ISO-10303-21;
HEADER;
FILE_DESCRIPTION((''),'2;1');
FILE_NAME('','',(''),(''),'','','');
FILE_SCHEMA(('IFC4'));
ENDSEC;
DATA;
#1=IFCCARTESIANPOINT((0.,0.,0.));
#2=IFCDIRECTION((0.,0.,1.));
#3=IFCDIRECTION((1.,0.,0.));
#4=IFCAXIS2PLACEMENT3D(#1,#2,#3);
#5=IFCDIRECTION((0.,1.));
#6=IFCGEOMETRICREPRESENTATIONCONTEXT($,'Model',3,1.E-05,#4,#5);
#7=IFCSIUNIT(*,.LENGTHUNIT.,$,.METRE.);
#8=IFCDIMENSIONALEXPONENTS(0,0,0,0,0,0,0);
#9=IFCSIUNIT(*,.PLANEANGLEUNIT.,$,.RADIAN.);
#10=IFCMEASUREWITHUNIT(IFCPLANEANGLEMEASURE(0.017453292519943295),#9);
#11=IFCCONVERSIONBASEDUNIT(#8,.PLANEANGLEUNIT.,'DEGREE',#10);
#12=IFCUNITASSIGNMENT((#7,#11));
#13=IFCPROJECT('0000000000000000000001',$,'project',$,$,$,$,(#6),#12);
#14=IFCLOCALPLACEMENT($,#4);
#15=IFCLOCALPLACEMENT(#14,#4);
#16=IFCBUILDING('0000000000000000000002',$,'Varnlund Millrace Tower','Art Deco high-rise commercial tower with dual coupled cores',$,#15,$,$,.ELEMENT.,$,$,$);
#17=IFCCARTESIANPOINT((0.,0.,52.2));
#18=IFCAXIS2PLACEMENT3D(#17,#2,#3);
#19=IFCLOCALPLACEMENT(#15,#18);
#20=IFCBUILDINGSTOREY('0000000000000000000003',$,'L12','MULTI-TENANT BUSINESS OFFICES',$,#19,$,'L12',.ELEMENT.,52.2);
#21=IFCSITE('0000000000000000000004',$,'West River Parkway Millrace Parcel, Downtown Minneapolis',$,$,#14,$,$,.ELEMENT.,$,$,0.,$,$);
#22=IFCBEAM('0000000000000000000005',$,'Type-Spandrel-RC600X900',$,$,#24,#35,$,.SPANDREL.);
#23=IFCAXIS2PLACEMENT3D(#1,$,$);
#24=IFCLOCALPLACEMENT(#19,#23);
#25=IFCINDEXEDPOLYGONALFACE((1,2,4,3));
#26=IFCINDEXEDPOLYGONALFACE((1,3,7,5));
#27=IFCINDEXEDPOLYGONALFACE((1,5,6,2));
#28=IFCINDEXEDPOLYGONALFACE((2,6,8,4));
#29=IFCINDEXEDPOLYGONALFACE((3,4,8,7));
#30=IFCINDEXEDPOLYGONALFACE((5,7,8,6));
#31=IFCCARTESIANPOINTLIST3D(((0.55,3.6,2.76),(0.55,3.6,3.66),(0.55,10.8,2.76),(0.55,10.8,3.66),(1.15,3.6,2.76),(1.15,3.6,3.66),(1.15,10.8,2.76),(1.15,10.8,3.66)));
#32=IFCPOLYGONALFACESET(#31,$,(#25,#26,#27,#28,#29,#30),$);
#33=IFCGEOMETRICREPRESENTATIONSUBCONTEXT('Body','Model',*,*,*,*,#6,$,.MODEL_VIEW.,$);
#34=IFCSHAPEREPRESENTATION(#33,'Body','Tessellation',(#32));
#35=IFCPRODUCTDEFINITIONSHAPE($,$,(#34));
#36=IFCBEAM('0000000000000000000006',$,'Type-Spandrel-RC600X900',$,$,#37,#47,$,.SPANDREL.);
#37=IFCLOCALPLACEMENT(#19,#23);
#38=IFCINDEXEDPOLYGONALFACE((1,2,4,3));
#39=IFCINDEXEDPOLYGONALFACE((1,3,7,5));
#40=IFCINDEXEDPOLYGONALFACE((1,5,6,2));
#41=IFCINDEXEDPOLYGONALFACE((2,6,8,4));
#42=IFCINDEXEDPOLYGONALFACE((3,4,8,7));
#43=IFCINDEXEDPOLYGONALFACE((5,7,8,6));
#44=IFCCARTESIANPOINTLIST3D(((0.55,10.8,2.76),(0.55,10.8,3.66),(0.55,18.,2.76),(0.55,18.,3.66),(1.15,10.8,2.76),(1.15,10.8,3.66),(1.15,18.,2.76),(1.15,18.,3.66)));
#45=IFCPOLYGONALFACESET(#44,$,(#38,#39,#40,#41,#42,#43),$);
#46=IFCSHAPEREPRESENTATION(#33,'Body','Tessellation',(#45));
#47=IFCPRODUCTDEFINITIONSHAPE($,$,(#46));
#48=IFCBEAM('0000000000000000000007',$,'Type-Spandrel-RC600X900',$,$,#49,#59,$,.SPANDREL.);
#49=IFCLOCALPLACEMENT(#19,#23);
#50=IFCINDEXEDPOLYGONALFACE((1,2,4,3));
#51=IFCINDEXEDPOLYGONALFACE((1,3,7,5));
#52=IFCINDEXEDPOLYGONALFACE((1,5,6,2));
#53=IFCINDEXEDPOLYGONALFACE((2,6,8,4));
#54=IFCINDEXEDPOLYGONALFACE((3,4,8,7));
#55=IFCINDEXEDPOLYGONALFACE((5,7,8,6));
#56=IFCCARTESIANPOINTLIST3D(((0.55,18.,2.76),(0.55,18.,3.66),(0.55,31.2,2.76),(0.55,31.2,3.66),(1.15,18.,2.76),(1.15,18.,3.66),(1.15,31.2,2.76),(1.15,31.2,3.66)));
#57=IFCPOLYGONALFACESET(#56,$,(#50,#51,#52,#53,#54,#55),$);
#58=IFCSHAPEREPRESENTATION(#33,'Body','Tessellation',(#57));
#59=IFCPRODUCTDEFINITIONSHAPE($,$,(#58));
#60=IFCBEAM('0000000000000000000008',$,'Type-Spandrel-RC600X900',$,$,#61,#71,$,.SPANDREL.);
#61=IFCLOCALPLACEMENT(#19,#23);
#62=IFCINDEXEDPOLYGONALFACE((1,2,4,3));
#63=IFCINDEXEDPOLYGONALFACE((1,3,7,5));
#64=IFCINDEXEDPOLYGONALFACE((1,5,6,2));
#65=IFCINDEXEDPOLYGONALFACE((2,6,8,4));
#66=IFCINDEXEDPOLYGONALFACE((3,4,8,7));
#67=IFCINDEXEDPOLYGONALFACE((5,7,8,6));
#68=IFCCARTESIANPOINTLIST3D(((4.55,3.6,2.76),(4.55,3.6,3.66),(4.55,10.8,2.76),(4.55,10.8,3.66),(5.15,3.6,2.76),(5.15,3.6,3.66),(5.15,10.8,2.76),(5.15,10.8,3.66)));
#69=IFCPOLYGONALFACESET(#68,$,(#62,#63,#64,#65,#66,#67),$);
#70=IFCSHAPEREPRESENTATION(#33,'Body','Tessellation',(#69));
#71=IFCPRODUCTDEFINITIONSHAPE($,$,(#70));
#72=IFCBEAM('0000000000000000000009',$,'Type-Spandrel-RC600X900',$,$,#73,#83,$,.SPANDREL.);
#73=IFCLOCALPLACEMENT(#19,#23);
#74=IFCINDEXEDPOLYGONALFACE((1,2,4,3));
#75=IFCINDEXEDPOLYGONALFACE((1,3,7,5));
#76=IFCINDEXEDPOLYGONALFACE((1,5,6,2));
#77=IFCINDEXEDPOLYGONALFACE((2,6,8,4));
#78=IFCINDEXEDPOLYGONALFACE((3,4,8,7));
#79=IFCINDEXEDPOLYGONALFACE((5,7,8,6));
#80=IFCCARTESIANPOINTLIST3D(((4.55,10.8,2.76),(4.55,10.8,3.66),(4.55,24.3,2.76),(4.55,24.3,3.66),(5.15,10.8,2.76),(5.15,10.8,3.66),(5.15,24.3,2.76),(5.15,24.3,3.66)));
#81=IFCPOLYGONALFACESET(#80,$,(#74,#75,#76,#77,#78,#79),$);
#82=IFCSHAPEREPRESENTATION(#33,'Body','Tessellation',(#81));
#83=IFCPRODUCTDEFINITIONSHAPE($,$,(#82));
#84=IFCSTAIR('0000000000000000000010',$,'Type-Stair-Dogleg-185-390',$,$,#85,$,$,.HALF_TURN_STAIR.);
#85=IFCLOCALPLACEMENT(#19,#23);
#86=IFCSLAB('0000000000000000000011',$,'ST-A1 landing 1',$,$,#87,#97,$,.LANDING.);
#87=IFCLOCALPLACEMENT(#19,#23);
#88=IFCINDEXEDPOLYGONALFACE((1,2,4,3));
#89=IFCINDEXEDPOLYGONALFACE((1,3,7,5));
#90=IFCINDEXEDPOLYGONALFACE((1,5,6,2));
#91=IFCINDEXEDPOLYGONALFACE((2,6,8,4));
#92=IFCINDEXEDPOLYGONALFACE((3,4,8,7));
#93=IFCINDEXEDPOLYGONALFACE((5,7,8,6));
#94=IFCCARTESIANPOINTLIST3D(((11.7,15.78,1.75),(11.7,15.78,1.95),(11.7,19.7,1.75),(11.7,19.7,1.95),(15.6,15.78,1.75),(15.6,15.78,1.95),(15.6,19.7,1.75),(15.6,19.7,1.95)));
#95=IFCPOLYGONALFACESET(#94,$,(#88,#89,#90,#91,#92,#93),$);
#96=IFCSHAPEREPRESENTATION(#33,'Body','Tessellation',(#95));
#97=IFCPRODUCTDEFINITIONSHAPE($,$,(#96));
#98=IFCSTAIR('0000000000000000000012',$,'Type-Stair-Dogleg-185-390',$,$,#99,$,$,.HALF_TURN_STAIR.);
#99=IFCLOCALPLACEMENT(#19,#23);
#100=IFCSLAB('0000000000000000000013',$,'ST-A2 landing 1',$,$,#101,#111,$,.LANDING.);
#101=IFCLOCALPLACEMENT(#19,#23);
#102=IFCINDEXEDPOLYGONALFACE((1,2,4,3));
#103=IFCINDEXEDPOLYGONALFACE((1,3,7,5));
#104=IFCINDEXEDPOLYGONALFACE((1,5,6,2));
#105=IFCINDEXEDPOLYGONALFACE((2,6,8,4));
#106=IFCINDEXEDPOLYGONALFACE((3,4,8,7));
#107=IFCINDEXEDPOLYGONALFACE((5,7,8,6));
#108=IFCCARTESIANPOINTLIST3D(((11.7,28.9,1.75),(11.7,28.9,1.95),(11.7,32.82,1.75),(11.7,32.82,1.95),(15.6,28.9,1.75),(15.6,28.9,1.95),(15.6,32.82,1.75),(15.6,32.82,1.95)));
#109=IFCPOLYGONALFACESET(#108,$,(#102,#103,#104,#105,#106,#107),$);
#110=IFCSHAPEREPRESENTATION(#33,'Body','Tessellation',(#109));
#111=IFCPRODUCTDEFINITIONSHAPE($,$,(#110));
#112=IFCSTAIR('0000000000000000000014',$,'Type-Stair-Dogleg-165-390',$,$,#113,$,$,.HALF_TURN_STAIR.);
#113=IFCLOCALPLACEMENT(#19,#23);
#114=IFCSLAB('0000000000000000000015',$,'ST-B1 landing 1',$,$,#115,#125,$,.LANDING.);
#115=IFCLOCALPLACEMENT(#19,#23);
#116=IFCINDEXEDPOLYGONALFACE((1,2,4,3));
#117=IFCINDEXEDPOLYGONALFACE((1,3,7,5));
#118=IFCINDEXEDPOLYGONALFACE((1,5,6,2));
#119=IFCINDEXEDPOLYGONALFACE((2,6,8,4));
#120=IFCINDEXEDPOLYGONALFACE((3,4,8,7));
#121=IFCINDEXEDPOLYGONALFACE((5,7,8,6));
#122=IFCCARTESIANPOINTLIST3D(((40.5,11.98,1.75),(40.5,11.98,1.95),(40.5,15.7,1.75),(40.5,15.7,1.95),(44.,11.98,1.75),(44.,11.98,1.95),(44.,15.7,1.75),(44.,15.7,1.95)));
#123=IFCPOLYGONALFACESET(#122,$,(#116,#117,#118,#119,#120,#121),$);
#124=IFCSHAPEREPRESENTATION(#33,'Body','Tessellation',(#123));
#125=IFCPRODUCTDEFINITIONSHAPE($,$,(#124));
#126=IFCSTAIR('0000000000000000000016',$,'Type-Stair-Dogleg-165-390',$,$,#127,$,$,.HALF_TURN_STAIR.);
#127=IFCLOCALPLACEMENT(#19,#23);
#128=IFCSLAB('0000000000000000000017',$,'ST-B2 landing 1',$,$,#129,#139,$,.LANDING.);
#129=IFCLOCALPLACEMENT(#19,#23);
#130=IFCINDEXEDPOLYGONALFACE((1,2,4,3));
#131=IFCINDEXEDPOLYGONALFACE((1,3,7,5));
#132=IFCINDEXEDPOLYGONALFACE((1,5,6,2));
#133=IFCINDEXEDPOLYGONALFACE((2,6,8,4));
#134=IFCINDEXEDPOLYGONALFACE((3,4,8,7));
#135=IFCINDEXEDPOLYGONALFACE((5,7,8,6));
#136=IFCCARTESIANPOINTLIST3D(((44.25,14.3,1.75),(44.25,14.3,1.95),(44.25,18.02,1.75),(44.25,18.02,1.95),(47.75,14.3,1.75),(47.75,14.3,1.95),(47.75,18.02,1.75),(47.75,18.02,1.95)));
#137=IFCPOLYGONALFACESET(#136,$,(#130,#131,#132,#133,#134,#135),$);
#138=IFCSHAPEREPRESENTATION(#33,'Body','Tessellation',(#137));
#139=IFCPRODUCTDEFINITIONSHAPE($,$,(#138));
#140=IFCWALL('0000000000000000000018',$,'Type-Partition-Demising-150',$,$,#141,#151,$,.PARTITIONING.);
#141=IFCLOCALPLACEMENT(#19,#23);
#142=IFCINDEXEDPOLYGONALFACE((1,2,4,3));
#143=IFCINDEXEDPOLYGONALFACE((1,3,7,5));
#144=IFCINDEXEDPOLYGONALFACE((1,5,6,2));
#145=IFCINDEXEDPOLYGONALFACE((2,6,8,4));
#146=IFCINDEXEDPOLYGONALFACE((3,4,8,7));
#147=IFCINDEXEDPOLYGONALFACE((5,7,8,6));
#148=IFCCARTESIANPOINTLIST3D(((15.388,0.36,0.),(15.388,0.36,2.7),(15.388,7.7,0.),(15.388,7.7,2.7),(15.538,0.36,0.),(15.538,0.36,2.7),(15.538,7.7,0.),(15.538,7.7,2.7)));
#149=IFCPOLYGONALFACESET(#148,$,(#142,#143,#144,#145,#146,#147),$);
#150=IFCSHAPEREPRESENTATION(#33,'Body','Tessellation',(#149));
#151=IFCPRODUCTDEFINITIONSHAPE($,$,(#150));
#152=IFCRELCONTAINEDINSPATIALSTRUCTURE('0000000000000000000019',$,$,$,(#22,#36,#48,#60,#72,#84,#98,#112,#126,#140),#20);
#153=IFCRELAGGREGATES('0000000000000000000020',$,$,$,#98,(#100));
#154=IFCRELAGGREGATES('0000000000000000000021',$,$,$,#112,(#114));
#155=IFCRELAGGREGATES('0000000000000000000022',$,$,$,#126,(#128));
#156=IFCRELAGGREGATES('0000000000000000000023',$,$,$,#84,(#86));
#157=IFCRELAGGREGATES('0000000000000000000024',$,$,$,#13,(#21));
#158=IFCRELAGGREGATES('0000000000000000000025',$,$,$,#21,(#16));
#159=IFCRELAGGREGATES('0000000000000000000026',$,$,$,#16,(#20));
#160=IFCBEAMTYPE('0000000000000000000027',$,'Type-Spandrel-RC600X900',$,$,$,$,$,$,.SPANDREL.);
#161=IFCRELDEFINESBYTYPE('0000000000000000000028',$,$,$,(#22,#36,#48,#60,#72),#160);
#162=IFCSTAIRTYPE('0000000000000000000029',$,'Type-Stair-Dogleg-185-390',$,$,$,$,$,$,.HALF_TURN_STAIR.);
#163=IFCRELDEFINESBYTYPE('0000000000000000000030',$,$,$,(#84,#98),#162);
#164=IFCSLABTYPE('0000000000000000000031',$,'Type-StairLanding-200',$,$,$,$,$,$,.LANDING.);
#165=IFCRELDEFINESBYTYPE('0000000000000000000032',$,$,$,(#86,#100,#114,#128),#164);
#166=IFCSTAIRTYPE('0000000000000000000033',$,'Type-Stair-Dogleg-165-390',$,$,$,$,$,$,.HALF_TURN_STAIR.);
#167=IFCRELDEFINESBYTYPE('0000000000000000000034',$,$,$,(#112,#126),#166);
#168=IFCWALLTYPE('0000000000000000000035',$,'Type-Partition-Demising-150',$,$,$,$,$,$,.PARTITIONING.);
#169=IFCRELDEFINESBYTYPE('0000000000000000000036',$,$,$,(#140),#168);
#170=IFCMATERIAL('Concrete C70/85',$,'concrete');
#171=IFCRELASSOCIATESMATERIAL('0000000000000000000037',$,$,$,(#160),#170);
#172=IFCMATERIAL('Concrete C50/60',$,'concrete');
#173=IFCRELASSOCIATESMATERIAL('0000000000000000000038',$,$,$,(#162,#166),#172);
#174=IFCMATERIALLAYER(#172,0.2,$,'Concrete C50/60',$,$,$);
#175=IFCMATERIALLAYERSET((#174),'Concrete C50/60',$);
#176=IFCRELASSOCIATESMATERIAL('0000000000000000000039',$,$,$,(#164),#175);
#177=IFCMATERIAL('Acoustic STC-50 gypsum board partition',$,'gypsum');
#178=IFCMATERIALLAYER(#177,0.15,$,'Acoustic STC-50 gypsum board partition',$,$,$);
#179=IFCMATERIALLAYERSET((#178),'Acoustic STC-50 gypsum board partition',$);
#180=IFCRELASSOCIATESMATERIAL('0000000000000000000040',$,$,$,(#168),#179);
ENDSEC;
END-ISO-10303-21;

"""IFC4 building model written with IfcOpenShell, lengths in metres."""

from ifc_helpers import new_model, entity, si_unit, converted_unit, direction, frame, origin_with_axes, origin_2d_with_axis, place, context, subcontext, project, spatial, polyline, rectangle, outline, extrude, material, layer, layer_set, material_profile, profile_set, type_object, element, aggregate, save


model = new_model("IFC4")

# Units and contexts
model_context = context("Model", 3, precision=1e-05, world=origin_with_axes(), true_north=direction((0.0, 1.0)))
body_context = subcontext(model_context, "Body", "Model", "MODEL_VIEW")
ifc_project = project(units=[si_unit("LENGTHUNIT", "METRE"), converted_unit("PLANEANGLEUNIT", "DEGREE", entity("IfcPlaneAngleMeasure", 0.017453292519943295), si_unit("PLANEANGLEUNIT", "RADIAN"), dimensions=[0, 0, 0, 0, 0, 0, 0])], contexts=[model_context])

# Site, building, storey
site_placement = place(None, origin_with_axes())
site = spatial("IfcSite", under=ifc_project, at=site_placement, Name="West River Parkway Millrace Parcel, Downtown Minneapolis", CompositionType="ELEMENT", RefElevation=0.0)
building_placement = place(site_placement, origin_with_axes())
building = spatial("IfcBuilding", under=site, at=building_placement, Name="Varnlund Millrace Tower", Description="Art Deco high-rise commercial tower with dual coupled cores", CompositionType="ELEMENT")
storey_placement = place(building_placement, frame((0.0, 0.0, 52.2), z_axis=(0.0, 0.0, 1.0), x_axis=(1.0, 0.0, 0.0)))
storey = spatial("IfcBuildingStorey", under=building, at=storey_placement, Name="L12", Description="MULTI-TENANT BUSINESS OFFICES", LongName="L12", CompositionType="ELEMENT", Elevation=52.2)

# Beams
ifc_material_1 = material(Name="Concrete C70/85", Category="concrete")
ifc_material_profile_1 = material_profile(ifc_material_1, rectangle(XDim=0.6, YDim=0.9, at=origin_2d_with_axis()), Name="Concrete C70/85")
ifc_profile_set_1 = profile_set([ifc_material_profile_1], Name="Concrete C70/85")
beam_type_1 = type_object("IfcBeamType", Name="Type-Spandrel-RC600X900", PredefinedType="SPANDREL", material=ifc_profile_set_1)
for number, where, z_axis, x_axis, name in (
    (1, (0.85, 3.6, 3.21), (0.0, 1.0, 0.0), (-1.0, 0.0, 0.0), "Type-Spandrel-RC600X900"),
    (2, (0.85, 10.8, 3.21), (0.0, 1.0, 0.0), (-1.0, 0.0, 0.0), "Type-Spandrel-RC600X900"),
):
    element("IfcBeam", number, at=place(storey_placement, frame(where, z_axis=z_axis, x_axis=x_axis)), inside=storey, type_object=beam_type_1, Name=name, PredefinedType="SPANDREL", context=body_context, shape_type="SweptSolid", body=[
        extrude(rectangle(XDim=0.6, YDim=0.9, at=origin_2d_with_axis()), origin_with_axes(), (0.0, 0.0, 1.0), 7.2),
    ])
beam_1_placement = place(storey_placement, frame((0.85, 18.0, 3.21), z_axis=(0.0, 1.0, 0.0), x_axis=(-1.0, 0.0, 0.0)))
element("IfcBeam", 3, at=beam_1_placement, inside=storey, type_object=beam_type_1, Name="Type-Spandrel-RC600X900", PredefinedType="SPANDREL", context=body_context, shape_type="SweptSolid", body=[
    extrude(rectangle(XDim=0.6, YDim=0.9, at=origin_2d_with_axis()), origin_with_axes(), (0.0, 0.0, 1.0), 13.2),
])
beam_2_placement = place(storey_placement, frame((4.85, 3.6, 3.21), z_axis=(0.0, 1.0, 0.0), x_axis=(-1.0, 0.0, 0.0)))
element("IfcBeam", 4, at=beam_2_placement, inside=storey, type_object=beam_type_1, Name="Type-Spandrel-RC600X900", PredefinedType="SPANDREL", context=body_context, shape_type="SweptSolid", body=[
    extrude(rectangle(XDim=0.6, YDim=0.9, at=origin_2d_with_axis()), origin_with_axes(), (0.0, 0.0, 1.0), 7.2),
])
beam_3_placement = place(storey_placement, frame((4.85, 10.8, 3.21), z_axis=(0.0, 1.0, 0.0), x_axis=(-1.0, 0.0, 0.0)))
element("IfcBeam", 5, at=beam_3_placement, inside=storey, type_object=beam_type_1, Name="Type-Spandrel-RC600X900", PredefinedType="SPANDREL", context=body_context, shape_type="SweptSolid", body=[
    extrude(rectangle(XDim=0.6, YDim=0.9, at=origin_2d_with_axis()), origin_with_axes(), (0.0, 0.0, 1.0), 13.5),
])

# Stairs, slabs
ifc_material_2 = material(Name="Concrete C50/60", Category="concrete")
stair_type_1 = type_object("IfcStairType", Name="Type-Stair-Dogleg-185-390", PredefinedType="HALF_TURN_STAIR", material=ifc_material_2)
stair_1_placement = place(storey_placement, origin_with_axes())
stair_1 = element("IfcStair", 6, at=stair_1_placement, inside=storey, type_object=stair_type_1, Name="Type-Stair-Dogleg-185-390", PredefinedType="HALF_TURN_STAIR")
ifc_layer_1 = layer(ifc_material_2, 0.2, Name="Concrete C50/60")
ifc_layer_set_1 = layer_set([ifc_layer_1], Name="Concrete C50/60")
slab_type = type_object("IfcSlabType", Name="Type-StairLanding-200", PredefinedType="LANDING", material=ifc_layer_set_1)
slab_1_placement = place(storey_placement, frame((0.0, 0.0, 1.75), z_axis=(0.0, 0.0, 1.0), x_axis=(1.0, 0.0, 0.0)))
slab_1 = element("IfcSlab", 7, at=slab_1_placement, type_object=slab_type, Name="ST-A1 landing 1", PredefinedType="LANDING", context=body_context, shape_type="SweptSolid", body=[
    extrude(outline(polyline([(15.6, 15.78), (15.6, 19.7), (11.7, 19.7), (11.7, 15.78), (15.6, 15.78)])), origin_with_axes(), (0.0, 0.0, 1.0), 0.2),
])
stair_2_placement = place(storey_placement, origin_with_axes())
stair_2 = element("IfcStair", 8, at=stair_2_placement, inside=storey, type_object=stair_type_1, Name="Type-Stair-Dogleg-185-390", PredefinedType="HALF_TURN_STAIR")
slab_2_placement = place(storey_placement, frame((0.0, 0.0, 1.75), z_axis=(0.0, 0.0, 1.0), x_axis=(1.0, 0.0, 0.0)))
slab_2 = element("IfcSlab", 9, at=slab_2_placement, type_object=slab_type, Name="ST-A2 landing 1", PredefinedType="LANDING", context=body_context, shape_type="SweptSolid", body=[
    extrude(outline(polyline([(11.7, 32.82), (11.7, 28.9), (15.6, 28.9), (15.6, 32.82), (11.7, 32.82)])), origin_with_axes(), (0.0, 0.0, 1.0), 0.2),
])
aggregate(stair_2, [slab_2])
stair_type_2 = type_object("IfcStairType", Name="Type-Stair-Dogleg-165-390", PredefinedType="HALF_TURN_STAIR", material=ifc_material_2)
stair_3_placement = place(storey_placement, origin_with_axes())
stair_3 = element("IfcStair", 10, at=stair_3_placement, inside=storey, type_object=stair_type_2, Name="Type-Stair-Dogleg-165-390", PredefinedType="HALF_TURN_STAIR")
slab_3_placement = place(storey_placement, frame((0.0, 0.0, 1.75), z_axis=(0.0, 0.0, 1.0), x_axis=(1.0, 0.0, 0.0)))
slab_3 = element("IfcSlab", 11, at=slab_3_placement, type_object=slab_type, Name="ST-B1 landing 1", PredefinedType="LANDING", context=body_context, shape_type="SweptSolid", body=[
    extrude(outline(polyline([(44.0, 11.98), (44.0, 15.7), (40.5, 15.7), (40.5, 11.98), (44.0, 11.98)])), origin_with_axes(), (0.0, 0.0, 1.0), 0.2),
])
aggregate(stair_3, [slab_3])
stair_4_placement = place(storey_placement, origin_with_axes())
stair_4 = element("IfcStair", 12, at=stair_4_placement, inside=storey, type_object=stair_type_2, Name="Type-Stair-Dogleg-165-390", PredefinedType="HALF_TURN_STAIR")
slab_4_placement = place(storey_placement, frame((0.0, 0.0, 1.75), z_axis=(0.0, 0.0, 1.0), x_axis=(1.0, 0.0, 0.0)))
slab_4 = element("IfcSlab", 13, at=slab_4_placement, type_object=slab_type, Name="ST-B2 landing 1", PredefinedType="LANDING", context=body_context, shape_type="SweptSolid", body=[
    extrude(outline(polyline([(44.25, 18.02), (44.25, 14.3), (47.75, 14.3), (47.75, 18.02), (44.25, 18.02)])), origin_with_axes(), (0.0, 0.0, 1.0), 0.2),
])
aggregate(stair_4, [slab_4])

# Wall
ifc_material_3 = material(Name="Acoustic STC-50 gypsum board partition", Category="gypsum")
ifc_layer_2 = layer(ifc_material_3, 0.15, Name="Acoustic STC-50 gypsum board partition")
ifc_layer_set_2 = layer_set([ifc_layer_2], Name="Acoustic STC-50 gypsum board partition")
wall_type_1 = type_object("IfcWallType", Name="Type-Partition-Demising-150", PredefinedType="PARTITIONING", material=ifc_layer_set_2)
wall_1_placement = place(storey_placement, frame((15.463, 0.36, 0.0), z_axis=(0.0, 0.0, 1.0), x_axis=(0.0, 1.0, 0.0)))
element("IfcWall", 14, at=wall_1_placement, inside=storey, type_object=wall_type_1, Name="Type-Partition-Demising-150", PredefinedType="PARTITIONING", context=body_context, shape_type="SweptSolid", body=[
    extrude(outline(polyline([(0.0, -0.075), (7.34, -0.075), (7.34, 0.075), (0.0, 0.075), (0.0, -0.075)])), origin_with_axes(), (0.0, 0.0, 1.0), 2.7),
])

aggregate(stair_1, [slab_1])

save(model, "model.ifc")
